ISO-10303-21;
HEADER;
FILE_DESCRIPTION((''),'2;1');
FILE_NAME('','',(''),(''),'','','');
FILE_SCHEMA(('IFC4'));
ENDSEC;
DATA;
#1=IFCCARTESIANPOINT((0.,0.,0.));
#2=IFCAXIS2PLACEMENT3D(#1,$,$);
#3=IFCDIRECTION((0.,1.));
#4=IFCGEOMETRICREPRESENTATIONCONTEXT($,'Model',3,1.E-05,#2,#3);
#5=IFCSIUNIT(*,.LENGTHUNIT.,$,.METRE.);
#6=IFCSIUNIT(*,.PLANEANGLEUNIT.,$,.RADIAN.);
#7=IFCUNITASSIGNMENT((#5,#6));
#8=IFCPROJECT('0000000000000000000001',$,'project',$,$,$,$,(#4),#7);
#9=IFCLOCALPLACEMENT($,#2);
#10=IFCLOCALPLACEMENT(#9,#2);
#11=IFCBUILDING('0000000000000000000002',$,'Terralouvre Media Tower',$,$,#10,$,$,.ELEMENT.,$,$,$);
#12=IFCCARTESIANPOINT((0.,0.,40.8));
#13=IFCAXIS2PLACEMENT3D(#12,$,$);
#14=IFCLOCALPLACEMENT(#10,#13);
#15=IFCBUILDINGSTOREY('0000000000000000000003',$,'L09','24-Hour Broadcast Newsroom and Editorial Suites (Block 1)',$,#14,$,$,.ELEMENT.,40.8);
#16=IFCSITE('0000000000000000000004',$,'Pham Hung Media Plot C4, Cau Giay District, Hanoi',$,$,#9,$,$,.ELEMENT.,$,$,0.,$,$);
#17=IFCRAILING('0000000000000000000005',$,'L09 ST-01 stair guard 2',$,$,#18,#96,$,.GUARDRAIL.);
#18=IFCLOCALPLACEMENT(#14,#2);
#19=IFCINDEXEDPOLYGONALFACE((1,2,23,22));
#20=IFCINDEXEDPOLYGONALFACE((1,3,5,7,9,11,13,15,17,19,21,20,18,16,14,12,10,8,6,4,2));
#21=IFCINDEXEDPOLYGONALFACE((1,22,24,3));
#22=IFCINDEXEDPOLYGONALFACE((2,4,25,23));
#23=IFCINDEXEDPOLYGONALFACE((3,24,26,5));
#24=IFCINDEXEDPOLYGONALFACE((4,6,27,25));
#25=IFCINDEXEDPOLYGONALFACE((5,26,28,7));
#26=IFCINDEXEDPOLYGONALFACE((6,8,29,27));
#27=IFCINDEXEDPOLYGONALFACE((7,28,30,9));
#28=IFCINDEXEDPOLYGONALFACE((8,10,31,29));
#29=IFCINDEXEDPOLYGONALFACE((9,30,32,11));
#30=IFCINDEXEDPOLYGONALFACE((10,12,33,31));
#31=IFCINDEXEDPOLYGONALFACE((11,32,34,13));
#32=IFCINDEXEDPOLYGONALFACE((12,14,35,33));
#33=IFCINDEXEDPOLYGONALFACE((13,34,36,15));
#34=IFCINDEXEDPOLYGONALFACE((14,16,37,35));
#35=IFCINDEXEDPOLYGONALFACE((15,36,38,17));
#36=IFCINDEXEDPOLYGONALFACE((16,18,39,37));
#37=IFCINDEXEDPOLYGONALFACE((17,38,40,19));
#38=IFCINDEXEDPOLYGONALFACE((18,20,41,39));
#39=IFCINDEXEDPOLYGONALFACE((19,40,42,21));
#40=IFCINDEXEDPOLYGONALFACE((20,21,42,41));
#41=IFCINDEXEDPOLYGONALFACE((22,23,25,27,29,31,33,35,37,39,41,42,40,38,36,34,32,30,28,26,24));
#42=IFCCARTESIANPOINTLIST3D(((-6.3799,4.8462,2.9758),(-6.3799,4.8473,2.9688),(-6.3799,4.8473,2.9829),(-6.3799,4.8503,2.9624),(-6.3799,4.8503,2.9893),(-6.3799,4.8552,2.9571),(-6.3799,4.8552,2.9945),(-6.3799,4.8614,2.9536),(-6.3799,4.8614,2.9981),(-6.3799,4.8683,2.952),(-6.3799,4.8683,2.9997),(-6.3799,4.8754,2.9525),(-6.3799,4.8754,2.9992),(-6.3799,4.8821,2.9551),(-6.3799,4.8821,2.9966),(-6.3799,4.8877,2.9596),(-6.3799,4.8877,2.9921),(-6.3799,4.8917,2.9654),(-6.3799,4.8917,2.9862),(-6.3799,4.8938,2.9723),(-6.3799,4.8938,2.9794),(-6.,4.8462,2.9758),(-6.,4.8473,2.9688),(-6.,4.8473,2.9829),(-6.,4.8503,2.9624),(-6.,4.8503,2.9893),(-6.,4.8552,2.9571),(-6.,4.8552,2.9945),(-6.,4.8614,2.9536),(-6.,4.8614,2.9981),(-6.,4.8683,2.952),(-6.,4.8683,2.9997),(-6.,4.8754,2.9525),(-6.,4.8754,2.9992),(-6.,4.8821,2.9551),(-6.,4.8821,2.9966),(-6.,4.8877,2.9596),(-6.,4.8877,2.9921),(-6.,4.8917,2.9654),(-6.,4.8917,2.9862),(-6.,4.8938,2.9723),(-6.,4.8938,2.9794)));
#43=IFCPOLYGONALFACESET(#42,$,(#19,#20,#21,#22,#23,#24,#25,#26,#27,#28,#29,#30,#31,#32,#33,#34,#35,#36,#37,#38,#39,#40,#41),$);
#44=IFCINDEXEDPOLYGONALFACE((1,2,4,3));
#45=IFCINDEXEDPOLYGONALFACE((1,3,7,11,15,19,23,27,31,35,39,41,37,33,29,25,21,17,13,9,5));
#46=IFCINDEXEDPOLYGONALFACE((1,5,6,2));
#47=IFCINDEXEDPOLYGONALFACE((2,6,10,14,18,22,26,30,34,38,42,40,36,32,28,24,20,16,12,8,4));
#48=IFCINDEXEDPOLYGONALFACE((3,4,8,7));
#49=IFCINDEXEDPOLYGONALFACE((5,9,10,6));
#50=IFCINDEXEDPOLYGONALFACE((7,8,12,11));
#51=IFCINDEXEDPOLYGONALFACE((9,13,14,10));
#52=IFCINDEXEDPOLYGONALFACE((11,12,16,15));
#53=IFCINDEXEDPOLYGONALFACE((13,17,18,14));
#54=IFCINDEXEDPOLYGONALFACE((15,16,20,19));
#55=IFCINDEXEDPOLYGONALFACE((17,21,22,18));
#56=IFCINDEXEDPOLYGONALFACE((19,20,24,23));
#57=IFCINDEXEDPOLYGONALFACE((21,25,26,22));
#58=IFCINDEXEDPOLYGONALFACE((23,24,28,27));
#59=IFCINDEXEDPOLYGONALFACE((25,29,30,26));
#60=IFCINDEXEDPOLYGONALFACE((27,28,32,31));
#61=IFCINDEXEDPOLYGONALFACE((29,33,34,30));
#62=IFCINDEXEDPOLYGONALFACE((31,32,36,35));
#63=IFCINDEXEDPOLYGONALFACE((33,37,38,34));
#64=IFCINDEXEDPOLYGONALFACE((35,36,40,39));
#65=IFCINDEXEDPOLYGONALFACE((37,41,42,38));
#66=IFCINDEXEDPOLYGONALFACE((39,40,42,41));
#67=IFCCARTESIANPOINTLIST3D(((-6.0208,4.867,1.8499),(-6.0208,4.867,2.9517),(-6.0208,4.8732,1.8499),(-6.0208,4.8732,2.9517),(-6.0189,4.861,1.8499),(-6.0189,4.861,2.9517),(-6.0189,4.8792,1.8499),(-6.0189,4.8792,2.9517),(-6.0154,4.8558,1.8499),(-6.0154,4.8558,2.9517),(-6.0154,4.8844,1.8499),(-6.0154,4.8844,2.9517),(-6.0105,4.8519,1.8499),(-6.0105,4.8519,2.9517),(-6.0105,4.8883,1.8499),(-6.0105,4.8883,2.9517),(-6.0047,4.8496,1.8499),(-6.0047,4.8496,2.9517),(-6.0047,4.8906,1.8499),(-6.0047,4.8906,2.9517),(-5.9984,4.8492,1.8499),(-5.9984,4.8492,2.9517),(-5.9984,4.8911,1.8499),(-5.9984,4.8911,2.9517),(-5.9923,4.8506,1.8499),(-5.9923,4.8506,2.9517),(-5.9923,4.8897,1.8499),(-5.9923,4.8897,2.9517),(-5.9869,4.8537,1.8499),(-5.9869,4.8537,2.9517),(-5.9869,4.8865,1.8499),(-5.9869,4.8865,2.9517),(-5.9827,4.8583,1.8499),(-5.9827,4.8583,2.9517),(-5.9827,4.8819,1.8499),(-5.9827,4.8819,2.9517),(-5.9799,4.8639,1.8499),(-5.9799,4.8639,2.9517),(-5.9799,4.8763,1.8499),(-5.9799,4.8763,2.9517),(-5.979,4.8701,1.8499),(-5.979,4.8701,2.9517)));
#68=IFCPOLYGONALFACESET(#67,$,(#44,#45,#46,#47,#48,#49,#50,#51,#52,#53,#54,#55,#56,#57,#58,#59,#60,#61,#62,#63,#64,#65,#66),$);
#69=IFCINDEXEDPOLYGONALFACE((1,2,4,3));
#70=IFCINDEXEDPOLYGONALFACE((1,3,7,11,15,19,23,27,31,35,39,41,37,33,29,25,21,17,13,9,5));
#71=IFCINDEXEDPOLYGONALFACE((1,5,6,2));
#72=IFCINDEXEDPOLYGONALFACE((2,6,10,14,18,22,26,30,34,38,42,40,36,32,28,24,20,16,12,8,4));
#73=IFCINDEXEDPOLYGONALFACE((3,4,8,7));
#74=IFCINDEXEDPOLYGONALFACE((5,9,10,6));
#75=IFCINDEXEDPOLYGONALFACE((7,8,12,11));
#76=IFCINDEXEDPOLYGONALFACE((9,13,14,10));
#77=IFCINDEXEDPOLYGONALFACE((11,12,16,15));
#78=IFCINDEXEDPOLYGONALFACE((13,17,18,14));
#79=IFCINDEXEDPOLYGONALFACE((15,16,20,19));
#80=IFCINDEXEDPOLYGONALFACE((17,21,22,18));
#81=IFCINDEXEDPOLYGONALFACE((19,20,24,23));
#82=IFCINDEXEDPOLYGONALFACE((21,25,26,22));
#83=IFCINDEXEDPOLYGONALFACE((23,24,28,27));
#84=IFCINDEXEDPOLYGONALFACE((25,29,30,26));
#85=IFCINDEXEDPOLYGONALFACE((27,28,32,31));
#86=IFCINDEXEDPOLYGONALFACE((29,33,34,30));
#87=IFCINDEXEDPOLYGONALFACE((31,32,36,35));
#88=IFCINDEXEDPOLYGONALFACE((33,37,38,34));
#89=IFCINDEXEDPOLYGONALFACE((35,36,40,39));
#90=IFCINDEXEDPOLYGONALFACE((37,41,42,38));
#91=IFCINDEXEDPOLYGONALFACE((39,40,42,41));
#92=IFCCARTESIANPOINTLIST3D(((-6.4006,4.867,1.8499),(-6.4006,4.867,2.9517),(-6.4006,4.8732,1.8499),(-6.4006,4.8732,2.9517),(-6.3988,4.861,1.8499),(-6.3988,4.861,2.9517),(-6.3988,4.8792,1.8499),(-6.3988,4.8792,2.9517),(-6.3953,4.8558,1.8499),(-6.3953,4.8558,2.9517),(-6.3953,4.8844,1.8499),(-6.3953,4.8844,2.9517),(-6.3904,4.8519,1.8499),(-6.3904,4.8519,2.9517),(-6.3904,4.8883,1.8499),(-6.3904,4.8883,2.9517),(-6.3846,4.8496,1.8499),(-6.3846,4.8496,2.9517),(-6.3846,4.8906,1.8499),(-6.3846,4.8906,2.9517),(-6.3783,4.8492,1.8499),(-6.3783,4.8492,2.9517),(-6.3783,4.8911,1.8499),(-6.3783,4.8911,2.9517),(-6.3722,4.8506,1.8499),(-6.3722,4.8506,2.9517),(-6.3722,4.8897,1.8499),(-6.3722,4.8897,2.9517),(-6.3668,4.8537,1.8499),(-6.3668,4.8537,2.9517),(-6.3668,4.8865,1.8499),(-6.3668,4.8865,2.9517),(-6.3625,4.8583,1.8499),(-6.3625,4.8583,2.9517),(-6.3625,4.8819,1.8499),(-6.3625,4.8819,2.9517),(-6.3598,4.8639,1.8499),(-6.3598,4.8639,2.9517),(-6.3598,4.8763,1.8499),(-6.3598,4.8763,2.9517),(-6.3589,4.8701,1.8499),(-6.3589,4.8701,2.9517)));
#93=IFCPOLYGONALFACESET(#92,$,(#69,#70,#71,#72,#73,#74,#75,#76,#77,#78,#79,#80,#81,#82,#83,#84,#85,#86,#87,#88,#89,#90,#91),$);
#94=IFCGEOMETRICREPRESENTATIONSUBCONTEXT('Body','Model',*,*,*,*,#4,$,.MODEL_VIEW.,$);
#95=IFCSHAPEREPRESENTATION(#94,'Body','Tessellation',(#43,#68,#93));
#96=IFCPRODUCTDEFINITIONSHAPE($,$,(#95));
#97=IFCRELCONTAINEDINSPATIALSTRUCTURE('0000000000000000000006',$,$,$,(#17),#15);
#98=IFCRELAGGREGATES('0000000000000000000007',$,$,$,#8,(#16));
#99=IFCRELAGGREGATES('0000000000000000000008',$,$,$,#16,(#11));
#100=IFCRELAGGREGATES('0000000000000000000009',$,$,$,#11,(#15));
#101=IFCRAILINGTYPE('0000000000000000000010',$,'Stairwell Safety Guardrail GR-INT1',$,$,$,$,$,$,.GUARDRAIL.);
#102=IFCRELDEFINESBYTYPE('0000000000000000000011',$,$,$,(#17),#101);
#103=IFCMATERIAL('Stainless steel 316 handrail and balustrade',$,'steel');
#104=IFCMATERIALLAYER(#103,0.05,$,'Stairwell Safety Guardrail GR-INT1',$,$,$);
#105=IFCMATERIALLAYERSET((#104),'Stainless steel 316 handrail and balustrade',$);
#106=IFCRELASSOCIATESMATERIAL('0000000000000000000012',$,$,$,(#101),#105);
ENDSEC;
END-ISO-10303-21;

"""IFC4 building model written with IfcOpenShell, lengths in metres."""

from ifc_helpers import new_model, si_unit, direction, frame, origin, origin_2d, place, context, subcontext, project, spatial, circle, extrude, material, layer, layer_set, type_object, element, save


model = new_model("IFC4")

# Units and contexts
model_context = context("Model", 3, precision=1e-05, world=origin(), true_north=direction((0.0, 1.0)))
body_context = subcontext(model_context, "Body", "Model", "MODEL_VIEW")
ifc_project = project(units=[si_unit("LENGTHUNIT", "METRE"), si_unit("PLANEANGLEUNIT", "RADIAN")], contexts=[model_context])

# Site, building, storey
site_placement = place(None, origin())
site = spatial("IfcSite", under=ifc_project, at=site_placement, Name="Pham Hung Media Plot C4, Cau Giay District, Hanoi", CompositionType="ELEMENT", RefElevation=0.0)
building_placement = place(site_placement, origin())
building = spatial("IfcBuilding", under=site, at=building_placement, Name="Terralouvre Media Tower", CompositionType="ELEMENT")
storey_placement = place(building_placement, frame((0.0, 0.0, 40.8)))
storey = spatial("IfcBuildingStorey", under=building, at=storey_placement, Name="L09", Description="24-Hour Broadcast Newsroom and Editorial Suites (Block 1)", CompositionType="ELEMENT", Elevation=40.8)

# Railing
ifc_material_1 = material(Name="Stainless steel 316 handrail and balustrade", Category="steel")
ifc_layer_1 = layer(ifc_material_1, 0.05, Name="Stairwell Safety Guardrail GR-INT1")
ifc_layer_set_1 = layer_set([ifc_layer_1], Name="Stainless steel 316 handrail and balustrade")
railing_type_1 = type_object("IfcRailingType", Name="Stairwell Safety Guardrail GR-INT1", PredefinedType="GUARDRAIL", material=ifc_layer_set_1)
railing_1_placement = place(storey_placement, frame((-6.0, 4.8701, 1.8499)))
element("IfcRailing", 1, at=railing_1_placement, inside=storey, type_object=railing_type_1, Name="L09 ST-01 stair guard 2", PredefinedType="GUARDRAIL", context=body_context, shape_type="SweptSolid", body=[
    extrude(circle(Radius=0.0239, at=origin_2d()), frame((0.0, 0.0, 1.126), z_axis=(-1.0, 0.0, 0.0), x_axis=(0.0, -1.0, 0.0)), (0.0, 0.0, 1.0), 0.3799),
    extrude(circle(Radius=0.021, at=origin_2d()), origin(), (0.0, 0.0, 1.0), 1.1018),
    extrude(circle(Radius=0.021, at=origin_2d()), frame((-0.3799, 0.0, 0.0)), (0.0, 0.0, 1.0), 1.1018),
])

save(model, "model.ifc")
